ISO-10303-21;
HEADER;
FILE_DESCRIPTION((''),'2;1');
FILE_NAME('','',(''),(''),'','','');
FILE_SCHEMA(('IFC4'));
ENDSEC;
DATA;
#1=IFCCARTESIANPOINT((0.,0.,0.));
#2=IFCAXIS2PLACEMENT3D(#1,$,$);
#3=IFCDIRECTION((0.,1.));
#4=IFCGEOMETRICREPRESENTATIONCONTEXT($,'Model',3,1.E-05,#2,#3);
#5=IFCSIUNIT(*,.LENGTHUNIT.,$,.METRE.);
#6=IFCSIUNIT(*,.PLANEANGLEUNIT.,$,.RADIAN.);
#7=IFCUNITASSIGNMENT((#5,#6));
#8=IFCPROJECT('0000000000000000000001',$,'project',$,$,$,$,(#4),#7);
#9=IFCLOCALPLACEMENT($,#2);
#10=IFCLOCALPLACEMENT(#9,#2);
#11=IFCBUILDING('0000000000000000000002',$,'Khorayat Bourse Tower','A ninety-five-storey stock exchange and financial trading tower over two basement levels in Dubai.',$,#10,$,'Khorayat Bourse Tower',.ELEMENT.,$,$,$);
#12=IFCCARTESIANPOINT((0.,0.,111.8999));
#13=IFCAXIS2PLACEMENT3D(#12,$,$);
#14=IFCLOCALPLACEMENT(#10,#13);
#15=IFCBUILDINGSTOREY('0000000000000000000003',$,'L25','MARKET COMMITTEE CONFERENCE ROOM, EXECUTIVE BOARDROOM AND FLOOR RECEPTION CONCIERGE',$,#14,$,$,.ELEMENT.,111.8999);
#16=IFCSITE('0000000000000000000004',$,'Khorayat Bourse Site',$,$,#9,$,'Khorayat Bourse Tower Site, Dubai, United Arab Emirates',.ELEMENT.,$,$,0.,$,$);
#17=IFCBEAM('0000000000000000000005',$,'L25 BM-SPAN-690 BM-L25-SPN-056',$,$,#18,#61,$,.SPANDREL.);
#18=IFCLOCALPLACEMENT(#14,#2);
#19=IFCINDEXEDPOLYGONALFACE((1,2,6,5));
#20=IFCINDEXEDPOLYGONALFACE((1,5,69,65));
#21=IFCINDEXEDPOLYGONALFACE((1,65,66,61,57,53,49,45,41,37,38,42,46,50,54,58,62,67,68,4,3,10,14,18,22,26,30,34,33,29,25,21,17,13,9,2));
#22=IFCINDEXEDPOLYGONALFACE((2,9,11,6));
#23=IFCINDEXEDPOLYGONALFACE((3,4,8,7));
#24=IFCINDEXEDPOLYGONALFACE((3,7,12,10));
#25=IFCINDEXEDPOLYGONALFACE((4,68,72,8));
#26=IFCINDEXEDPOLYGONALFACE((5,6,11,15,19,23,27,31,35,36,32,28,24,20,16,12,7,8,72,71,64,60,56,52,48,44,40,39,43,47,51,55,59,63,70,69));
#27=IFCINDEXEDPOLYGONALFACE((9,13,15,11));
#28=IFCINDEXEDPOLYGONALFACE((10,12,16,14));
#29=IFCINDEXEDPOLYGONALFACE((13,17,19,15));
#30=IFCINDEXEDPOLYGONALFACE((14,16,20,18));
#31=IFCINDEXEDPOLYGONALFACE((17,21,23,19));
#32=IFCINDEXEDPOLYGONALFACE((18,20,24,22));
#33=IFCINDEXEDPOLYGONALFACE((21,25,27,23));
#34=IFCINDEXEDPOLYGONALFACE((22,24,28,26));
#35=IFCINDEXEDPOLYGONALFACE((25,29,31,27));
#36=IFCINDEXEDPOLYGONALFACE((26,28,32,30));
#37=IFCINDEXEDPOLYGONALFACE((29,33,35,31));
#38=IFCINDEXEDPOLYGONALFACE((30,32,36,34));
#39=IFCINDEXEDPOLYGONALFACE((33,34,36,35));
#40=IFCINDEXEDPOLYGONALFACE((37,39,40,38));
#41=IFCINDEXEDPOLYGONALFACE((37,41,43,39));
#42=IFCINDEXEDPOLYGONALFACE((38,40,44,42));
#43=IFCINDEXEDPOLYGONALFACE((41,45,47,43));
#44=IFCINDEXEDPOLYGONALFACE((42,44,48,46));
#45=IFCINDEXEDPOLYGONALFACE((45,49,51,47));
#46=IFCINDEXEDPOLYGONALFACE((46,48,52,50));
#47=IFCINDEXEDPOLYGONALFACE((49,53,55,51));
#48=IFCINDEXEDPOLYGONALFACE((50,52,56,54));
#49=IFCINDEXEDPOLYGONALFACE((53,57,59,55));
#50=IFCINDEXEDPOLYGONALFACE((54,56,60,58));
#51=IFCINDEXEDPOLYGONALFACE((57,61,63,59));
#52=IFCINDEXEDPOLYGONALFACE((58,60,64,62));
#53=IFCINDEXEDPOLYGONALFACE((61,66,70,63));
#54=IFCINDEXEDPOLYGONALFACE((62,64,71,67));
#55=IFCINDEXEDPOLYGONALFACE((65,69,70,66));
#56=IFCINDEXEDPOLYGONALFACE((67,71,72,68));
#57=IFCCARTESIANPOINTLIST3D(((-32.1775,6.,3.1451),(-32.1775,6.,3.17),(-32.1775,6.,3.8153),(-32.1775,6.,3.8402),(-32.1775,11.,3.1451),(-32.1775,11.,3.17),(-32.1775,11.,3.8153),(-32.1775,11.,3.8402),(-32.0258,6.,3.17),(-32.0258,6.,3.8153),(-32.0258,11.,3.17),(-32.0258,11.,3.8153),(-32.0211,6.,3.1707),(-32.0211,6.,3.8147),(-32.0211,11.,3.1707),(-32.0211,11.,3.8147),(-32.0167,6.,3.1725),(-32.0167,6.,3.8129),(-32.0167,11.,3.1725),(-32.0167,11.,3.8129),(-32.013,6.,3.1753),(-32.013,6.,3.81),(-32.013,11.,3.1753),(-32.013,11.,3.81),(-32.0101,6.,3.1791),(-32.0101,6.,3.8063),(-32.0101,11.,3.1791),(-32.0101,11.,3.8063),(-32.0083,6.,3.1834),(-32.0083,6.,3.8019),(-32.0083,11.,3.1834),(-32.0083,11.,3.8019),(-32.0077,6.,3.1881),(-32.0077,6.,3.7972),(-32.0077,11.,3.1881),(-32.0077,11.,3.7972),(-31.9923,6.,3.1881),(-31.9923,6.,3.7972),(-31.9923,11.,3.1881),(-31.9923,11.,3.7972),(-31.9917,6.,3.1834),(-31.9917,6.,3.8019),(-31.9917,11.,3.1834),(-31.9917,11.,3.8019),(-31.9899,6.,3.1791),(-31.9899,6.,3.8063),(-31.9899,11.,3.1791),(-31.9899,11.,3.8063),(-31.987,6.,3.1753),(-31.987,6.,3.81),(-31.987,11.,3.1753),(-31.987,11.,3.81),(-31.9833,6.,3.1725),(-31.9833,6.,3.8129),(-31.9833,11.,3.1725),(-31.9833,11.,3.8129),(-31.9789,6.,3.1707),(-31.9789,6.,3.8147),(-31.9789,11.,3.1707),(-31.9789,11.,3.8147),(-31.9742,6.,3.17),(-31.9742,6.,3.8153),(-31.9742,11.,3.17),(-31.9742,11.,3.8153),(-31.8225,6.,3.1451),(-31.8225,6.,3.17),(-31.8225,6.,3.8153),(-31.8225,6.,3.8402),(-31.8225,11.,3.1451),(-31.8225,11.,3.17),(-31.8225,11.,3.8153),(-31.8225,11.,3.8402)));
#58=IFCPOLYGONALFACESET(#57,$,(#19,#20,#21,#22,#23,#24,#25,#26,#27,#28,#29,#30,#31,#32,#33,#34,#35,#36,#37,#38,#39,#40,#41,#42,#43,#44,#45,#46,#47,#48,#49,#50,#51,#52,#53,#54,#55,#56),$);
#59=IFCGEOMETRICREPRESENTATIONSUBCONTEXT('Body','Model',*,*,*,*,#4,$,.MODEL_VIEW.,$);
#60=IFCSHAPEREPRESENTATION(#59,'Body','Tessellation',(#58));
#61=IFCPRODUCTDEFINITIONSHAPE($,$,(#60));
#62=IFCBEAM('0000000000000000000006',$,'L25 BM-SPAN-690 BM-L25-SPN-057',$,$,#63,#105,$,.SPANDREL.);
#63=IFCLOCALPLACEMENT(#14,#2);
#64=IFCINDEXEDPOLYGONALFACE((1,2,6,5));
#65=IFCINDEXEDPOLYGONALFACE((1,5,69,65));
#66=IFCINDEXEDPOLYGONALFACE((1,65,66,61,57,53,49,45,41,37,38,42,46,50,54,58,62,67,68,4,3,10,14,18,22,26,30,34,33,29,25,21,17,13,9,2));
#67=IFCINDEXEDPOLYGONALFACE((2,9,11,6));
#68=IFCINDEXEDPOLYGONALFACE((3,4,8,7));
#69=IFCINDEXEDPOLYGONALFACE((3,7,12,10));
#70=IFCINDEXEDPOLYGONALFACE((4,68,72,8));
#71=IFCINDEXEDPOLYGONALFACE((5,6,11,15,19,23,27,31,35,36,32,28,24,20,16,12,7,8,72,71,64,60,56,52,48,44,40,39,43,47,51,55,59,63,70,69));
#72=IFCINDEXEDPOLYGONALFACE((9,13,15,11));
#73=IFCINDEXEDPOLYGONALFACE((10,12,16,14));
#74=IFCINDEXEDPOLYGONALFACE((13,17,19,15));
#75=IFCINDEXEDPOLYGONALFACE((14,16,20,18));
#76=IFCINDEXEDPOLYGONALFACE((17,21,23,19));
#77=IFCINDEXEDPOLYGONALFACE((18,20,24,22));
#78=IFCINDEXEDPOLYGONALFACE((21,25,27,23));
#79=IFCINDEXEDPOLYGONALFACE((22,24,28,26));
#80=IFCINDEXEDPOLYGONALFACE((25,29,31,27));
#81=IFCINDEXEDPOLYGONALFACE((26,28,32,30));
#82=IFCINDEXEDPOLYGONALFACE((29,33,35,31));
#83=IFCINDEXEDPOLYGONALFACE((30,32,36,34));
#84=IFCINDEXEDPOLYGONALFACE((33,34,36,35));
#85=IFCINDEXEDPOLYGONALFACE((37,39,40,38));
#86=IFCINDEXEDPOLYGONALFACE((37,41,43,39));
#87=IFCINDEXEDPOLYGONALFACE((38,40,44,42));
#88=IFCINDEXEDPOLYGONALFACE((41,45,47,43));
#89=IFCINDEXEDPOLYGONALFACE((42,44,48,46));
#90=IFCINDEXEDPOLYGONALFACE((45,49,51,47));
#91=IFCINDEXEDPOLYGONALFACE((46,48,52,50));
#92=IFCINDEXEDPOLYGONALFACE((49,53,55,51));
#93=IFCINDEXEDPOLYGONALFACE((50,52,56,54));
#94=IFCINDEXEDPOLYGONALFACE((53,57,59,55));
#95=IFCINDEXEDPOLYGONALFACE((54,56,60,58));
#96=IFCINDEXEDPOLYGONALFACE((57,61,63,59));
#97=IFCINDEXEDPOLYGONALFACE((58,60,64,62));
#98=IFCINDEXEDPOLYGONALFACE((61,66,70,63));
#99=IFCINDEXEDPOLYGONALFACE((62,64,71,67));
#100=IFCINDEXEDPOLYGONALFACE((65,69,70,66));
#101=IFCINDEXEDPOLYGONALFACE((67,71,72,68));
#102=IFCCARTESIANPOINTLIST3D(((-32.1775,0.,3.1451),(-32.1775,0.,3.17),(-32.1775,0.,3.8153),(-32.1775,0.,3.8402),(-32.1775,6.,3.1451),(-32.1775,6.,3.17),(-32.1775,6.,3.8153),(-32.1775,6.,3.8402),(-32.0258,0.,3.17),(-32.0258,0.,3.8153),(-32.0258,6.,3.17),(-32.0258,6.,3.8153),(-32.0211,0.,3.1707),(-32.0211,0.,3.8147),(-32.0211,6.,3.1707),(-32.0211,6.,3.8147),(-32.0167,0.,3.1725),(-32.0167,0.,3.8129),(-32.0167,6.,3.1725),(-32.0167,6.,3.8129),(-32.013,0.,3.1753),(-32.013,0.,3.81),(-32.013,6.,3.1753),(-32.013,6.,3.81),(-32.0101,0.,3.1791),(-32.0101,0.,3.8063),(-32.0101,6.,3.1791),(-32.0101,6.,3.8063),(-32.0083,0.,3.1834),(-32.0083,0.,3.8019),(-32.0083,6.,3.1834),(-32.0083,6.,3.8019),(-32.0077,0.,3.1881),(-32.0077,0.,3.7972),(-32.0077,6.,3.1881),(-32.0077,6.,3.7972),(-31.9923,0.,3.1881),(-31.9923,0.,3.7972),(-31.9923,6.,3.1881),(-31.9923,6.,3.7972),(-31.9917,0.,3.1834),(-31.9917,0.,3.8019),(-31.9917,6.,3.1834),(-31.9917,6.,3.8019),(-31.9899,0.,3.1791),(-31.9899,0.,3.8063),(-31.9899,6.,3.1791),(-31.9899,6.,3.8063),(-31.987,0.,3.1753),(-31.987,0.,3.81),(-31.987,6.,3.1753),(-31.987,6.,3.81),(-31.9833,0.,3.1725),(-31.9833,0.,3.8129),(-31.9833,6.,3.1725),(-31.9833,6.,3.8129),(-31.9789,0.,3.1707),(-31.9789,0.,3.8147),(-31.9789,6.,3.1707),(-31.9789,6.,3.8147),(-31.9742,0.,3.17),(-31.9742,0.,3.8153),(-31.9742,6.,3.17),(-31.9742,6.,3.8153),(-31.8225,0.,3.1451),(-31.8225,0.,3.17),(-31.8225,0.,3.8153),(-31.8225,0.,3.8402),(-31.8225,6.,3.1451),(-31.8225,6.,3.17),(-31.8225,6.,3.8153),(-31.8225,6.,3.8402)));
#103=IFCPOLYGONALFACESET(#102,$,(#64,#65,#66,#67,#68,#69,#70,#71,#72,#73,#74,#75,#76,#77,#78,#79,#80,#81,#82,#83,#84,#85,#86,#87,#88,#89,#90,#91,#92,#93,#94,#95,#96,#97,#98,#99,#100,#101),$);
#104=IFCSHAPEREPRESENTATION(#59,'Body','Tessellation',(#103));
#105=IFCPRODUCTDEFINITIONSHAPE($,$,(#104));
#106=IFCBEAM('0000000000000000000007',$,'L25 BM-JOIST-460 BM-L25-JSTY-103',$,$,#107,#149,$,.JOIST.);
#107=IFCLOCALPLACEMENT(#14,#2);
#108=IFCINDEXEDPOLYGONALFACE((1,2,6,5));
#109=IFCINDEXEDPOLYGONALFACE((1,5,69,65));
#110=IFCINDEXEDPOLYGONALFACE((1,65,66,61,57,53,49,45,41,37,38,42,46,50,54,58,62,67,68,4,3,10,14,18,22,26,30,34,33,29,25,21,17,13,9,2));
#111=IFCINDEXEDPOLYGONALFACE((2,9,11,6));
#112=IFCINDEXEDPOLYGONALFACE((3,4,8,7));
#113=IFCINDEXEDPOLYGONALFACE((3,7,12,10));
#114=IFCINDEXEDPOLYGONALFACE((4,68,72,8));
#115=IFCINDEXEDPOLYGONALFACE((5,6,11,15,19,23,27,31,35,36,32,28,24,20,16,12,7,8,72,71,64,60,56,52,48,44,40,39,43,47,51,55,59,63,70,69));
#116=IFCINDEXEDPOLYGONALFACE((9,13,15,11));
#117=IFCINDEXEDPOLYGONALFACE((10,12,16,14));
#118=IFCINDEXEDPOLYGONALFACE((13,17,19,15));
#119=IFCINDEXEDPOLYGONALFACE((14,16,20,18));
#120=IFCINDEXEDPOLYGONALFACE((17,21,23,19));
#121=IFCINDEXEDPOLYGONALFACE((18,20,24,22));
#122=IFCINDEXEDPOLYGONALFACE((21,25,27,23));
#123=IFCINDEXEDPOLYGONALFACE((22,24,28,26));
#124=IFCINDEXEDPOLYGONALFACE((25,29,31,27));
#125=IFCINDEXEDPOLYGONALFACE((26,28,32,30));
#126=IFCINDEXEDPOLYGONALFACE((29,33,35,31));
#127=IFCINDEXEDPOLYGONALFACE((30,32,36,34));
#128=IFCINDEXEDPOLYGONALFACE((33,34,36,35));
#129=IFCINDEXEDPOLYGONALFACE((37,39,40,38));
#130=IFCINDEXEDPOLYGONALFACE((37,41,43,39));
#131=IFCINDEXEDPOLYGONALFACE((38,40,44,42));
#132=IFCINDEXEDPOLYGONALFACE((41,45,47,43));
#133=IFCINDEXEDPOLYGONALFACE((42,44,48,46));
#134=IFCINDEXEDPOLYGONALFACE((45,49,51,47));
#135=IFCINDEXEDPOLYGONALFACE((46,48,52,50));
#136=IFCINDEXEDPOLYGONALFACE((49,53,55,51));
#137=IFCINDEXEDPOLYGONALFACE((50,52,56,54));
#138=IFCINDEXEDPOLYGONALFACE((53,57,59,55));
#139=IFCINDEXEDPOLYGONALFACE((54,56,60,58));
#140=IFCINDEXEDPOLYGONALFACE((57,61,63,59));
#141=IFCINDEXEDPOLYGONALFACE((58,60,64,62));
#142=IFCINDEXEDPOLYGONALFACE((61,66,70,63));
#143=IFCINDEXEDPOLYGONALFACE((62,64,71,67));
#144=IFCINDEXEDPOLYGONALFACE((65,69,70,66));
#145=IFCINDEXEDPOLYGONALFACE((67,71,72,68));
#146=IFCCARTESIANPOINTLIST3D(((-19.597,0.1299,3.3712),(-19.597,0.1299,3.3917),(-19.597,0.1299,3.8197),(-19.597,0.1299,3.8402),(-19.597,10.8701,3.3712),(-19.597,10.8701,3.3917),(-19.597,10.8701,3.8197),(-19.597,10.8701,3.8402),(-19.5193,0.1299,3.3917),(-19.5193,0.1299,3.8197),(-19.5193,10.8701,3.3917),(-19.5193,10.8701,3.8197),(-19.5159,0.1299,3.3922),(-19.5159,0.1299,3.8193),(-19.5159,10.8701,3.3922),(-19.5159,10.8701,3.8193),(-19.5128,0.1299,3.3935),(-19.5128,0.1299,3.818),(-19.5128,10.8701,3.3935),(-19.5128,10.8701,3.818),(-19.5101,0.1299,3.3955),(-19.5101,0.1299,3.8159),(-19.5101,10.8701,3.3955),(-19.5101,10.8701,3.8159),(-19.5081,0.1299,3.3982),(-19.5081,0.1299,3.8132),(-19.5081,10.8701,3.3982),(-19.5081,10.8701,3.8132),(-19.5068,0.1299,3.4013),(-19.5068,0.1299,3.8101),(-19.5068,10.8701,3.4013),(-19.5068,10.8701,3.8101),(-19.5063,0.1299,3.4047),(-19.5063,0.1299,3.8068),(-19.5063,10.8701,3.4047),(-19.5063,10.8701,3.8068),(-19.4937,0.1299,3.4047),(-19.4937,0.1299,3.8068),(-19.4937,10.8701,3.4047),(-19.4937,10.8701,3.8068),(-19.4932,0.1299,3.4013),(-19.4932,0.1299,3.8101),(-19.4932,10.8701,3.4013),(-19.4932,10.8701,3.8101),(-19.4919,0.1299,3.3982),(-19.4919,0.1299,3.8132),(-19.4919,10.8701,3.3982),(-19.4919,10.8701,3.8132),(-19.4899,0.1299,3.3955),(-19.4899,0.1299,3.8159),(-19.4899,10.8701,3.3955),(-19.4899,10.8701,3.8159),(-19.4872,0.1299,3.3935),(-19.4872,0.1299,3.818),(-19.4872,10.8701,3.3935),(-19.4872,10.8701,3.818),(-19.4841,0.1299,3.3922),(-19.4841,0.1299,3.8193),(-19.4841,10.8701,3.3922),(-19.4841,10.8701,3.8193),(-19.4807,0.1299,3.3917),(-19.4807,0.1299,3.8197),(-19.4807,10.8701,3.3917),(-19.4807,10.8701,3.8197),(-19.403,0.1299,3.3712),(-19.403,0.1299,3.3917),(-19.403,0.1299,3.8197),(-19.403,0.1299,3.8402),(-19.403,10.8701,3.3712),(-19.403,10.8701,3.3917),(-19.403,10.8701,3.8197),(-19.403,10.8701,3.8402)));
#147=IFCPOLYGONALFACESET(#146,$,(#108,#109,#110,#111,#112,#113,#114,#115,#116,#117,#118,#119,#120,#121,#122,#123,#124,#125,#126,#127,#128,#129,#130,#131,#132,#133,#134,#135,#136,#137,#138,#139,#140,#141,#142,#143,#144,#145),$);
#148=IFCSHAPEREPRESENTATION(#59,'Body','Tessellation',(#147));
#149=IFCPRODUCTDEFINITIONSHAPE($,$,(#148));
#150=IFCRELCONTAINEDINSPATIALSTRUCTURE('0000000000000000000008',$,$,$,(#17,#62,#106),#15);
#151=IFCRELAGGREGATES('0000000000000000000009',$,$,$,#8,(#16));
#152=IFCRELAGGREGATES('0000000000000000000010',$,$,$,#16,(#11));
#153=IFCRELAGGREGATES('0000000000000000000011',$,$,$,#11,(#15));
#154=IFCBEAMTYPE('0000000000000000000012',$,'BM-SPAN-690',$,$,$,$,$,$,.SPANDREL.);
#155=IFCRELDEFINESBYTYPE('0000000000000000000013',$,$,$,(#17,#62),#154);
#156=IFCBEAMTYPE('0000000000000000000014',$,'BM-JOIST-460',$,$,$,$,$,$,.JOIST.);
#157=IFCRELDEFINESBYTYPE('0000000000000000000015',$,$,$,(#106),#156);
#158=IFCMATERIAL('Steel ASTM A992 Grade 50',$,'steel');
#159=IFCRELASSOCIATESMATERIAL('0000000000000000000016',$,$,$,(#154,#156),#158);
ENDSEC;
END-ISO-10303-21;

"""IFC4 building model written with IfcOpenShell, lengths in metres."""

from ifc_helpers import new_model, si_unit, direction, frame, origin, origin_2d, place, context, subcontext, project, spatial, i_section, extrude, source, transform, mapped, material, material_profile, profile_set, type_object, element, save


model = new_model("IFC4")

# Units and contexts
model_context = context("Model", 3, precision=1e-05, world=origin(), true_north=direction((0.0, 1.0)))
body_context = subcontext(model_context, "Body", "Model", "MODEL_VIEW")
ifc_project = project(units=[si_unit("LENGTHUNIT", "METRE"), si_unit("PLANEANGLEUNIT", "RADIAN")], contexts=[model_context])

# Site, building, storey
site_placement = place(None, origin())
site = spatial("IfcSite", under=ifc_project, at=site_placement, Name="Khorayat Bourse Site", LongName="Khorayat Bourse Tower Site, Dubai, United Arab Emirates", CompositionType="ELEMENT", RefElevation=0.0)
building_placement = place(site_placement, origin())
building = spatial("IfcBuilding", under=site, at=building_placement, Name="Khorayat Bourse Tower", Description="A ninety-five-storey stock exchange and financial trading tower over two basement levels in Dubai.", LongName="Khorayat Bourse Tower", CompositionType="ELEMENT")
storey_placement = place(building_placement, frame((0.0, 0.0, 111.8999)))
storey = spatial("IfcBuildingStorey", under=building, at=storey_placement, Name="L25", Description="MARKET COMMITTEE CONFERENCE ROOM, EXECUTIVE BOARDROOM AND FLOOR RECEPTION CONCIERGE", CompositionType="ELEMENT", Elevation=111.8999)

# Beams
ifc_material_1 = material(Name="Steel ASTM A992 Grade 50", Category="steel")
ifc_material_profile_1 = material_profile(ifc_material_1, i_section(OverallWidth=0.355, OverallDepth=0.6951, WebThickness=0.0154, FlangeThickness=0.0249, FilletRadius=0.0181, at=origin_2d()), Name="W690X217")
ifc_profile_set_1 = profile_set([ifc_material_profile_1], Name="Steel ASTM A992 Grade 50")
beam_type_1 = type_object("IfcBeamType", Name="BM-SPAN-690", PredefinedType="SPANDREL", material=ifc_profile_set_1)
shared_shape_1 = source(origin(), body_context, "Body", "SweptSolid", [
    extrude(i_section(OverallWidth=0.355, OverallDepth=0.6951, WebThickness=0.0154, FlangeThickness=0.0249, FilletRadius=0.0181, at=origin_2d()), origin(), (0.0, 0.0, 1.0), 5.0),
])
beam_1_placement = place(storey_placement, frame((-32.0, 6.0, 3.4927), z_axis=(0.0, 1.0, 0.0), x_axis=(-1.0, 0.0, 0.0)))
element("IfcBeam", 1, at=beam_1_placement, inside=storey, type_object=beam_type_1, Name="L25 BM-SPAN-690 BM-L25-SPN-056", PredefinedType="SPANDREL", context=body_context, shape_type="MappedRepresentation", body=[
    mapped(shared_shape_1, transform((0.0, 0.0, 0.0), scale=1.0)),
])
shared_shape_2 = source(origin(), body_context, "Body", "SweptSolid", [
    extrude(i_section(OverallWidth=0.355, OverallDepth=0.6951, WebThickness=0.0154, FlangeThickness=0.0249, FilletRadius=0.0181, at=origin_2d()), origin(), (0.0, 0.0, 1.0), 6.0),
])
beam_2_placement = place(storey_placement, frame((-32.0, 0.0, 3.4927), z_axis=(0.0, 1.0, 0.0), x_axis=(-1.0, 0.0, 0.0)))
element("IfcBeam", 2, at=beam_2_placement, inside=storey, type_object=beam_type_1, Name="L25 BM-SPAN-690 BM-L25-SPN-057", PredefinedType="SPANDREL", context=body_context, shape_type="MappedRepresentation", body=[
    mapped(shared_shape_2, transform((0.0, 0.0, 0.0), scale=1.0)),
])
ifc_material_profile_2 = material_profile(ifc_material_1, i_section(OverallWidth=0.1941, OverallDepth=0.469, WebThickness=0.0127, FlangeThickness=0.0205, FilletRadius=0.0129, at=origin_2d()), Name="W460X106")
ifc_profile_set_2 = profile_set([ifc_material_profile_2], Name="Steel ASTM A992 Grade 50")
beam_type_2 = type_object("IfcBeamType", Name="BM-JOIST-460", PredefinedType="JOIST", material=ifc_profile_set_2)
shared_shape_3 = source(origin(), body_context, "Body", "SweptSolid", [
    extrude(i_section(OverallWidth=0.1941, OverallDepth=0.469, WebThickness=0.0127, FlangeThickness=0.0205, FilletRadius=0.0129, at=origin_2d()), origin(), (0.0, 0.0, 1.0), 10.7402),
])
beam_3_placement = place(storey_placement, frame((-19.5, 0.1299, 3.6057), z_axis=(0.0, 1.0, 0.0), x_axis=(-1.0, 0.0, 0.0)))
element("IfcBeam", 3, at=beam_3_placement, inside=storey, type_object=beam_type_2, Name="L25 BM-JOIST-460 BM-L25-JSTY-103", PredefinedType="JOIST", context=body_context, shape_type="MappedRepresentation", body=[
    mapped(shared_shape_3, transform((0.0, 0.0, 0.0), scale=1.0)),
])

save(model, "model.ifc")
